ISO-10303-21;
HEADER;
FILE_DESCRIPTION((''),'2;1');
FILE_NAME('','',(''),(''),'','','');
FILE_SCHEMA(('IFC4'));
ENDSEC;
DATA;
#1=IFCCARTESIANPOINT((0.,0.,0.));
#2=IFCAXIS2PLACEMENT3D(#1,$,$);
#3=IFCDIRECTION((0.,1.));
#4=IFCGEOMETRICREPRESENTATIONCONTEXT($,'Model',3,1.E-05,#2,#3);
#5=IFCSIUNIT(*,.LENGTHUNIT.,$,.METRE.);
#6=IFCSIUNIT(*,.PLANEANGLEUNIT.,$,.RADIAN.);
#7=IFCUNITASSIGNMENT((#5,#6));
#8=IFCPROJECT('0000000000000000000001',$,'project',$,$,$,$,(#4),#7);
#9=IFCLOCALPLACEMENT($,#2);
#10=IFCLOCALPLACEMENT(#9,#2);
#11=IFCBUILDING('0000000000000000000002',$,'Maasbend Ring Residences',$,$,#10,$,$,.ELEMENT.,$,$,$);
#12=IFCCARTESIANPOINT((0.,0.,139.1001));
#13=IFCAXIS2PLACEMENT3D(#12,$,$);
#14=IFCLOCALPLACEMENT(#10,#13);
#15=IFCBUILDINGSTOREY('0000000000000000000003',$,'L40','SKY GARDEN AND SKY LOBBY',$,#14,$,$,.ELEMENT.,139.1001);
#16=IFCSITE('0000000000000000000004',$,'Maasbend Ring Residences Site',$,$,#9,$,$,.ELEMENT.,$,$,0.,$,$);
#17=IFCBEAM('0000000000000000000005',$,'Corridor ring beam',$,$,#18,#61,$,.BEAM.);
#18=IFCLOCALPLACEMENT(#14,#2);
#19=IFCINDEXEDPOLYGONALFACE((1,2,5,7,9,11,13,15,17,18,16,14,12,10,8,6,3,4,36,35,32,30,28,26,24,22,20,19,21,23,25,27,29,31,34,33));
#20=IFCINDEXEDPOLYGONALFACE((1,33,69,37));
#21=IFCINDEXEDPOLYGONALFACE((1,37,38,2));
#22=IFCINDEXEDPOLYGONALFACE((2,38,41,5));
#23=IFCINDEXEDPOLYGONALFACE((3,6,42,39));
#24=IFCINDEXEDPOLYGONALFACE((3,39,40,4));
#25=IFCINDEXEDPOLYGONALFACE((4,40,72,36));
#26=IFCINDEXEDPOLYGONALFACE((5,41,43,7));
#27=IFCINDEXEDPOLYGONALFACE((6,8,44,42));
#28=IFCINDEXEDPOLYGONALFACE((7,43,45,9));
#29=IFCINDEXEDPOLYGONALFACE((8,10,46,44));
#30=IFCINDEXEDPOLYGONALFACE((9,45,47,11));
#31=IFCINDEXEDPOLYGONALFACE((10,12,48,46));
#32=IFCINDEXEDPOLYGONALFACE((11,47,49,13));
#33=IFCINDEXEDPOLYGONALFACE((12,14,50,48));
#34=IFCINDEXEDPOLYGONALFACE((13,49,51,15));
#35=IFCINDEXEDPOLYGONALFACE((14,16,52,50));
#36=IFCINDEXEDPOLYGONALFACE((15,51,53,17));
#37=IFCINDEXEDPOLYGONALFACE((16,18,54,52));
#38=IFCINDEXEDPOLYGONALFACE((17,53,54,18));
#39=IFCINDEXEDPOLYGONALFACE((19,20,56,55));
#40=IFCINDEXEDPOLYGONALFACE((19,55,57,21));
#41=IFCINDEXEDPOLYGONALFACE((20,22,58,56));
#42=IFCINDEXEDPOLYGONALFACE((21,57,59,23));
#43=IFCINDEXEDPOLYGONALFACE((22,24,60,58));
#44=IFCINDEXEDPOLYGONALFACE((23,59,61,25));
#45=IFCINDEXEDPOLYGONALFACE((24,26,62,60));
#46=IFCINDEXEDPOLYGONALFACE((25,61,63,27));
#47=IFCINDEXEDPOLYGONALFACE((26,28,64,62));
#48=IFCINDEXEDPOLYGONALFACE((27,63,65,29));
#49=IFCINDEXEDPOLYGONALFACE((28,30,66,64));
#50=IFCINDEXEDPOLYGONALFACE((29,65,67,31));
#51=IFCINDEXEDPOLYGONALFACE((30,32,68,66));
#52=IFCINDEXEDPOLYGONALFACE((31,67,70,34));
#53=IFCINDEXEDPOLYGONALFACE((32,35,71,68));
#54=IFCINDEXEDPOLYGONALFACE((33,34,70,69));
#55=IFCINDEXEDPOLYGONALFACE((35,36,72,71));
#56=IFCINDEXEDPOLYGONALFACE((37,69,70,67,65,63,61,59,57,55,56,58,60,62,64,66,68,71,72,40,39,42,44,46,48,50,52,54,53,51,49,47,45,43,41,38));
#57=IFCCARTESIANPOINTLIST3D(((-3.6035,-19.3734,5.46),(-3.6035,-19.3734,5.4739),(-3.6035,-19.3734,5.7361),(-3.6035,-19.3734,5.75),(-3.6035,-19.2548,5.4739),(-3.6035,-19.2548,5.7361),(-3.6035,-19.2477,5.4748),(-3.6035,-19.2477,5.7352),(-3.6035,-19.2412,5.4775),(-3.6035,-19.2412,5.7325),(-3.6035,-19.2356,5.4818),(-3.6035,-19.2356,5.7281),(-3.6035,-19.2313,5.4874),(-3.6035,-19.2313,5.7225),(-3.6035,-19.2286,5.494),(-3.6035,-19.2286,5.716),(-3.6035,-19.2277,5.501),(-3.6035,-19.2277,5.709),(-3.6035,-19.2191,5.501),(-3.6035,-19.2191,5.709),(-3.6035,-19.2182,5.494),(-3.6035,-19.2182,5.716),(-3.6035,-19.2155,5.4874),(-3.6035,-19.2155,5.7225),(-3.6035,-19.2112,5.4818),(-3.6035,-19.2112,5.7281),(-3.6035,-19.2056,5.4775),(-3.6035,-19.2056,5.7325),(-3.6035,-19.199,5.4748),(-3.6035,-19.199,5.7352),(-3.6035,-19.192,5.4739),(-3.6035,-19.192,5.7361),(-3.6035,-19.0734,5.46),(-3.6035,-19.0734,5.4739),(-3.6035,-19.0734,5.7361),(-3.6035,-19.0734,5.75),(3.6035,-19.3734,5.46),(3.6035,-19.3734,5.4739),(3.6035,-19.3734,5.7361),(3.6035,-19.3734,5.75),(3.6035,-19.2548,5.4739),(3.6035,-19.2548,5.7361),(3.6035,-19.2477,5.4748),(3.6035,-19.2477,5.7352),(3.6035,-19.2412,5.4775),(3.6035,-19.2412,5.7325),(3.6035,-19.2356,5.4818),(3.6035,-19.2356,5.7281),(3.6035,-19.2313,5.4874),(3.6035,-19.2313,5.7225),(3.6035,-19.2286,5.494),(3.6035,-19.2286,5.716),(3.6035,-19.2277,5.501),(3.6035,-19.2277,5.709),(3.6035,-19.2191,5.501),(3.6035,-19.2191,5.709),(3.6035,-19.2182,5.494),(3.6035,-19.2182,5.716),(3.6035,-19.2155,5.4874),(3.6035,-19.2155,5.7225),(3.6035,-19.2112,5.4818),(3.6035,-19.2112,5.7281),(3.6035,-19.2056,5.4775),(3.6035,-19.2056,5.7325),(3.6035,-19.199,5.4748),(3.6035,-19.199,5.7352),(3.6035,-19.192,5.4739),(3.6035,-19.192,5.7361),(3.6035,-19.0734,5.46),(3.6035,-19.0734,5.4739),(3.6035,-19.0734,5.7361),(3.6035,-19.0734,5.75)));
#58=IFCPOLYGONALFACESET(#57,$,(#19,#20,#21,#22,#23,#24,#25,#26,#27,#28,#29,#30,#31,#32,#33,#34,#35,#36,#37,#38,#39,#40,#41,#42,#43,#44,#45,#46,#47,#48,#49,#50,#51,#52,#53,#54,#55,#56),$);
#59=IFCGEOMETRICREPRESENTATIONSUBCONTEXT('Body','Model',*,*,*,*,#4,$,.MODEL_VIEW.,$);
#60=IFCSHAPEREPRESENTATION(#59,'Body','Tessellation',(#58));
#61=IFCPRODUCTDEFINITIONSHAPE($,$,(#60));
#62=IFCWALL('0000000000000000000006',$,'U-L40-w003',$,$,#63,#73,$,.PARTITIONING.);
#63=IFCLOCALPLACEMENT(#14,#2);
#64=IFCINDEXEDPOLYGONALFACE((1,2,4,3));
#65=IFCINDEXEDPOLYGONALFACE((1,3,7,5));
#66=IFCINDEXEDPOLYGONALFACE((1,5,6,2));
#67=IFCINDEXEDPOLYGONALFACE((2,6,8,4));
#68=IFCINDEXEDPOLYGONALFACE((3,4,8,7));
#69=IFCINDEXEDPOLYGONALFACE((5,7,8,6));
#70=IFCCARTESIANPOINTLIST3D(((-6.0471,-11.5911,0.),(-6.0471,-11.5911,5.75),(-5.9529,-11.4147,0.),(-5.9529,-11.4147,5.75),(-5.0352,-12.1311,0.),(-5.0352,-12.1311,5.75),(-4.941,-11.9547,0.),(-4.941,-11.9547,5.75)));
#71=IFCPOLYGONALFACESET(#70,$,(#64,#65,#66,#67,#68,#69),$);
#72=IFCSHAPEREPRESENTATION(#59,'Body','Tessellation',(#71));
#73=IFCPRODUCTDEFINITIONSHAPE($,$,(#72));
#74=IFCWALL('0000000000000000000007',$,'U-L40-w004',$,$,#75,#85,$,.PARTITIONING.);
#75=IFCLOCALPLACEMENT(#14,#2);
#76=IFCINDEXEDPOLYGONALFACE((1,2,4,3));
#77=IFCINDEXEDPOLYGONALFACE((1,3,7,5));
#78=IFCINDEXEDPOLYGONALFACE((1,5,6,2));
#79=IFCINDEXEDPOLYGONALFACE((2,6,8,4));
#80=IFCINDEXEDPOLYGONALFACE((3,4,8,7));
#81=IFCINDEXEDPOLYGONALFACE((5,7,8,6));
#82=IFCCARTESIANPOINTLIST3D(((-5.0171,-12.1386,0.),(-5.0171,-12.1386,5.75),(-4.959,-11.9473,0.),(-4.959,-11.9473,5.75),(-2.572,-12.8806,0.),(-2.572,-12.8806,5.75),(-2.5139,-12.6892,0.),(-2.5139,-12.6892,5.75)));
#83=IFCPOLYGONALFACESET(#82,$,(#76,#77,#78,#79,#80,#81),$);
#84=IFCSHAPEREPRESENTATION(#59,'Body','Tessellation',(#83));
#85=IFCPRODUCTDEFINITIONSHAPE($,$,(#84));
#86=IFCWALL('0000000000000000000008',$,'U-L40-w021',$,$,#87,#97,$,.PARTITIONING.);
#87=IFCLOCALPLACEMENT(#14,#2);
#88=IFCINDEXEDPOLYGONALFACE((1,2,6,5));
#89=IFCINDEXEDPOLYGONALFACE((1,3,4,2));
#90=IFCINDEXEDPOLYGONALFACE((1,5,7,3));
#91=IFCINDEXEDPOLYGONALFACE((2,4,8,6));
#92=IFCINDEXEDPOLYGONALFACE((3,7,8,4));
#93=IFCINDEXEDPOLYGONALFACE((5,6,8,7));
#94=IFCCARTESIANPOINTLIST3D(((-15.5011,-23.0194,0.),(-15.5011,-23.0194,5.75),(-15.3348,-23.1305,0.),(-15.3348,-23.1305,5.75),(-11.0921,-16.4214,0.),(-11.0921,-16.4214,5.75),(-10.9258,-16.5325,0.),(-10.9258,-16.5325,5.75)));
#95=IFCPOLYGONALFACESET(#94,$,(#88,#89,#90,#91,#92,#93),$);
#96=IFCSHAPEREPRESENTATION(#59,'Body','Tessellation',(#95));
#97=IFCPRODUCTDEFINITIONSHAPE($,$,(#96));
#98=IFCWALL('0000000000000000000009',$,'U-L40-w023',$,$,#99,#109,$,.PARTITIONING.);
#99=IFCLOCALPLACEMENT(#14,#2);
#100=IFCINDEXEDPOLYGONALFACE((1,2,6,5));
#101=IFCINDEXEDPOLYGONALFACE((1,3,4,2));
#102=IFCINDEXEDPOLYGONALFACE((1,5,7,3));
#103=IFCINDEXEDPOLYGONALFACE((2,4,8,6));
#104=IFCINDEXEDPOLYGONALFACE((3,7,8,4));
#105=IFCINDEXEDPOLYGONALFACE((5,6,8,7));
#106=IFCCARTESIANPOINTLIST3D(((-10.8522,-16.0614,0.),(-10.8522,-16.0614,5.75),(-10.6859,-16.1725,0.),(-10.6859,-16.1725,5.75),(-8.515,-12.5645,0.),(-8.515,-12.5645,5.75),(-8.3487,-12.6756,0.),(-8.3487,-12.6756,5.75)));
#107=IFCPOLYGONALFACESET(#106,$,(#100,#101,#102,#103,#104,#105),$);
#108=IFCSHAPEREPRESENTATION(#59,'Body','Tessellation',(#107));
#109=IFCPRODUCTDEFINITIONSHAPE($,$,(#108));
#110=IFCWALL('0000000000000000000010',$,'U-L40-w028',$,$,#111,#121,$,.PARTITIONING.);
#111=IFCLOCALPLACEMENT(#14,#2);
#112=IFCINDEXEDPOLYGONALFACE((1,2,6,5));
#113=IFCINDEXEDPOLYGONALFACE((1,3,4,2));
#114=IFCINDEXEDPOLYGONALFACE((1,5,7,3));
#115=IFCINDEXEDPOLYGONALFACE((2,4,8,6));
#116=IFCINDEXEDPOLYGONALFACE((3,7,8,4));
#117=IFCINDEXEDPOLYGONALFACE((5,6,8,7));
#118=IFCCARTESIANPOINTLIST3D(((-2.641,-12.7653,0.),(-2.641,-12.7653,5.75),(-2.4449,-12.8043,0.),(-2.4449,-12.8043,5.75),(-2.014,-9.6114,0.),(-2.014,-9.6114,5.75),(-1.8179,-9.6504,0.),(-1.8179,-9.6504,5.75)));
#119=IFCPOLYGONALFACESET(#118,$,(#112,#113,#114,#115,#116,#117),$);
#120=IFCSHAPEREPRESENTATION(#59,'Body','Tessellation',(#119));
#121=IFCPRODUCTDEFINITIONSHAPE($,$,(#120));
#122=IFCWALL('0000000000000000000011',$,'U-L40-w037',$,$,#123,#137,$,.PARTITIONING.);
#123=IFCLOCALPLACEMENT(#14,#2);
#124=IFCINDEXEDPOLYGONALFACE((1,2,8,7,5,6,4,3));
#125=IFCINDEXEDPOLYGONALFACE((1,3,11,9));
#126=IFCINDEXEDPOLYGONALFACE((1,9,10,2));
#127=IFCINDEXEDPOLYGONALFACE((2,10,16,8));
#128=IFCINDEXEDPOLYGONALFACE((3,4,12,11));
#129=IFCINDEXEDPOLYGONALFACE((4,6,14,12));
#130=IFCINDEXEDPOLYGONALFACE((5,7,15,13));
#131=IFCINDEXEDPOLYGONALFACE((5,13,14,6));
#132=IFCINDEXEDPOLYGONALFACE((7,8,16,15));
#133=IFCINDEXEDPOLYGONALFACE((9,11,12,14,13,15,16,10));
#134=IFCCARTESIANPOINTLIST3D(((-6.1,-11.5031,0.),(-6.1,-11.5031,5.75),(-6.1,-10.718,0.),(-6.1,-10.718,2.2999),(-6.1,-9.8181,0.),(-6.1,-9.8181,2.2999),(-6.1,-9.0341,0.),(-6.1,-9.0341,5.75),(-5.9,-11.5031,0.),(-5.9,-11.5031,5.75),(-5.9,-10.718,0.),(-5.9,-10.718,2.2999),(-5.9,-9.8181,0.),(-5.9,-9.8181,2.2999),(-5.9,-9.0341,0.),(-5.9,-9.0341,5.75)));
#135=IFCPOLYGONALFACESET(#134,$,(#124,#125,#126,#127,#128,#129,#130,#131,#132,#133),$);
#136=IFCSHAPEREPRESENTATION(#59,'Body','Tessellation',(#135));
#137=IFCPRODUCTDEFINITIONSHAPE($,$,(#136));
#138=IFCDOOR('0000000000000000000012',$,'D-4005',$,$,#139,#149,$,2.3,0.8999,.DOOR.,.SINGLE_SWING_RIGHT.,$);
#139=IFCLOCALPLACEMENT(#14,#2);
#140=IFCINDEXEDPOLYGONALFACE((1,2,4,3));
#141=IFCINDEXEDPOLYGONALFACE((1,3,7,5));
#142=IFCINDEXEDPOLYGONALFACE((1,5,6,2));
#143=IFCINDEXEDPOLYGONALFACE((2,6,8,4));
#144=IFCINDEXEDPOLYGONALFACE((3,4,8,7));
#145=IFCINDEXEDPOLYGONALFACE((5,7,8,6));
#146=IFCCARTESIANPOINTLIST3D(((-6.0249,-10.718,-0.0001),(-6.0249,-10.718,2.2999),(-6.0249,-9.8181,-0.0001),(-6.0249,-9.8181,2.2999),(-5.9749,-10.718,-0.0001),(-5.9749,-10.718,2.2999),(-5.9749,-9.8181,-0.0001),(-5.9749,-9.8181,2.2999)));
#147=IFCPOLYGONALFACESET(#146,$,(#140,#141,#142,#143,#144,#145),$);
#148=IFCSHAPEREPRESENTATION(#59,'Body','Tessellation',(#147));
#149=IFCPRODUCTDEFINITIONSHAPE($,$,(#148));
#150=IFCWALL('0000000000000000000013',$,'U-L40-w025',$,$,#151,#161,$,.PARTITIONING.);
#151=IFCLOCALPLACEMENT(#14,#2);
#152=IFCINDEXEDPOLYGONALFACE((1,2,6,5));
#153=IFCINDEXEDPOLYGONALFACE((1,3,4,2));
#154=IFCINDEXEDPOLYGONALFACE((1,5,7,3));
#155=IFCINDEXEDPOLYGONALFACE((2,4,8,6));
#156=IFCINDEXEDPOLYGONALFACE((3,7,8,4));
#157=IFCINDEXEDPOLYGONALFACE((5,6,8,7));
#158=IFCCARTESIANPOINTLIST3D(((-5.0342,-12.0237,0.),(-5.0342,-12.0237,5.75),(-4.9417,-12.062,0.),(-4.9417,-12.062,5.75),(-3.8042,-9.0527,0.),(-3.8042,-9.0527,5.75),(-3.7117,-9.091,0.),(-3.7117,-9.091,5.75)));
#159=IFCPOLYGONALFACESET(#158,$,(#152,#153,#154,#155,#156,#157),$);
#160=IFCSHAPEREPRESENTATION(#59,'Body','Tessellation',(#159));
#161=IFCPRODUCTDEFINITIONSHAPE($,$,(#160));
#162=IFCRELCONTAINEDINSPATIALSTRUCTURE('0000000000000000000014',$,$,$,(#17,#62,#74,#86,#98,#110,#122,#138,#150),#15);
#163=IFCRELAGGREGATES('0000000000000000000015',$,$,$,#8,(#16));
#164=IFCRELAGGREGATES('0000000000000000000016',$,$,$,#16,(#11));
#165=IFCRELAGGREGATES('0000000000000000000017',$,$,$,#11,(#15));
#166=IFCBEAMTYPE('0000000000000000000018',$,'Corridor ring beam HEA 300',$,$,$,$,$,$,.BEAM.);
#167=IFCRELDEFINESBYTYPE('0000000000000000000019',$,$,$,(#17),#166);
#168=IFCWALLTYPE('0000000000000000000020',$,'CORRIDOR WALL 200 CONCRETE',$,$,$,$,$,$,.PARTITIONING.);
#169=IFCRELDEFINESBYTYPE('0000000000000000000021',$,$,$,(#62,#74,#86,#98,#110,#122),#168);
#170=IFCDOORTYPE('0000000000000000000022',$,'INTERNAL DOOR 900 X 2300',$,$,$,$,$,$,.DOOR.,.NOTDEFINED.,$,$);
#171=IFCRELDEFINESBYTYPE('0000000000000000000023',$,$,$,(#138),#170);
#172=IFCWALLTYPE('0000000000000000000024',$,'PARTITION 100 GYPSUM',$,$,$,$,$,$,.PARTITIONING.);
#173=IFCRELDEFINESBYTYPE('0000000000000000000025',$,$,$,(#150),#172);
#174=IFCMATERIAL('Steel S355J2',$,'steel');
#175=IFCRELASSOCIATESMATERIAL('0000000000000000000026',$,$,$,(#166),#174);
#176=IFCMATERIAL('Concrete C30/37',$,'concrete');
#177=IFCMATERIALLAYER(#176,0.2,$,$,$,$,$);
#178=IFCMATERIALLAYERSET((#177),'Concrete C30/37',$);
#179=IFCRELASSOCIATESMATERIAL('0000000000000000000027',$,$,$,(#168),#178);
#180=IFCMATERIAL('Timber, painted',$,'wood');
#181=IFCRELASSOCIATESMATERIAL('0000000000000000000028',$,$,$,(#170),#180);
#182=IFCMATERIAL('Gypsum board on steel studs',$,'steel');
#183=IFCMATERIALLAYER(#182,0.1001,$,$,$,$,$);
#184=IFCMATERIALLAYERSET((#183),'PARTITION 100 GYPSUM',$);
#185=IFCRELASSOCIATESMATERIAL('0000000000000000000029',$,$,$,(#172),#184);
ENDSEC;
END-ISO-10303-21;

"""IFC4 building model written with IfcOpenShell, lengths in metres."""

from ifc_helpers import new_model, si_unit, direction, frame, frame_2d, origin, origin_2d, place, context, subcontext, project, spatial, rectangle, i_section, extrude, material, layer, layer_set, material_profile, profile_set, type_object, element, fill, save


model = new_model("IFC4")

# Units and contexts
model_context = context("Model", 3, precision=1e-05, world=origin(), true_north=direction((0.0, 1.0)))
body_context = subcontext(model_context, "Body", "Model", "MODEL_VIEW")
ifc_project = project(units=[si_unit("LENGTHUNIT", "METRE"), si_unit("PLANEANGLEUNIT", "RADIAN")], contexts=[model_context])

# Site, building, storey
site_placement = place(None, origin())
site = spatial("IfcSite", under=ifc_project, at=site_placement, Name="Maasbend Ring Residences Site", CompositionType="ELEMENT", RefElevation=0.0)
building_placement = place(site_placement, origin())
building = spatial("IfcBuilding", under=site, at=building_placement, Name="Maasbend Ring Residences", CompositionType="ELEMENT")
storey_placement = place(building_placement, frame((0.0, 0.0, 139.1001)))
storey = spatial("IfcBuildingStorey", under=building, at=storey_placement, Name="L40", Description="SKY GARDEN AND SKY LOBBY", CompositionType="ELEMENT", Elevation=139.1001)

# Beam
ifc_material_1 = material(Name="Steel S355J2", Category="steel")
ifc_material_profile_1 = material_profile(ifc_material_1, i_section(OverallWidth=0.3, OverallDepth=0.29, WebThickness=0.0085, FlangeThickness=0.0139, FilletRadius=0.0271, at=origin_2d()), Name="HEA 300")
ifc_profile_set_1 = profile_set([ifc_material_profile_1], Name="Steel S355J2")
beam_type_1 = type_object("IfcBeamType", Name="Corridor ring beam HEA 300", PredefinedType="BEAM", material=ifc_profile_set_1)
for number, where, z_axis, x_axis, name in (
    (1, (-3.6035, -19.2234, 5.605), (1.0, 0.0, 0.0), (0.0, 1.0, 0.0), "Corridor ring beam"),
):
    element("IfcBeam", number, at=place(storey_placement, frame(where, z_axis=z_axis, x_axis=x_axis)), inside=storey, type_object=beam_type_1, Name=name, PredefinedType="BEAM", context=body_context, shape_type="SweptSolid", body=[
        extrude(i_section(OverallWidth=0.3, OverallDepth=0.29, WebThickness=0.0085, FlangeThickness=0.0139, FilletRadius=0.0271, at=origin_2d()), origin(), (0.0, 0.0, 1.0), 7.207),
    ])

# Walls
ifc_material_2 = material(Name="Concrete C30/37", Category="concrete")
ifc_layer_1 = layer(ifc_material_2, 0.2)
ifc_layer_set_1 = layer_set([ifc_layer_1], Name="Concrete C30/37")
wall_type_1 = type_object("IfcWallType", Name="CORRIDOR WALL 200 CONCRETE", PredefinedType="PARTITIONING", material=ifc_layer_set_1)
wall_1_placement = place(storey_placement, frame((-6.0, -11.5029, 0.0), z_axis=(0.0, 0.0, 1.0), x_axis=(0.882235, -0.470809, 0.0)))
element("IfcWall", 2, at=wall_1_placement, inside=storey, type_object=wall_type_1, Name="U-L40-w003", PredefinedType="PARTITIONING", context=body_context, shape_type="SweptSolid", body=[
    extrude(rectangle(XDim=1.147, YDim=0.2, at=frame_2d((0.5735, 0.0))), origin(), (0.0, 0.0, 1.0), 5.75),
])
wall_2_placement = place(storey_placement, frame((-4.988, -12.043, 0.0), z_axis=(0.0, 0.0, 1.0), x_axis=(0.956914, -0.290371, 0.0)))
element("IfcWall", 3, at=wall_2_placement, inside=storey, type_object=wall_type_1, Name="U-L40-w004", PredefinedType="PARTITIONING", context=body_context, shape_type="SweptSolid", body=[
    extrude(rectangle(XDim=2.5552, YDim=0.2, at=frame_2d((1.2776, 0.0))), origin(), (0.0, 0.0, 1.0), 5.75),
])
wall_3_placement = place(storey_placement, frame((-15.418, -23.075, 0.0), z_axis=(0.0, 0.0, 1.0), x_axis=(0.555602, 0.831449, 0.0)))
element("IfcWall", 4, at=wall_3_placement, inside=storey, type_object=wall_type_1, Name="U-L40-w021", PredefinedType="PARTITIONING", context=body_context, shape_type="SweptSolid", body=[
    extrude(rectangle(XDim=7.9355, YDim=0.2, at=frame_2d((3.9678, 0.0))), origin(), (0.0, 0.0, 1.0), 5.75),
])
wall_4_placement = place(storey_placement, frame((-10.769, -16.1169, 0.0), z_axis=(0.0, 0.0, 1.0), x_axis=(0.555678, 0.831398, 0.0)))
element("IfcWall", 5, at=wall_4_placement, inside=storey, type_object=wall_type_1, Name="U-L40-w023", PredefinedType="PARTITIONING", context=body_context, shape_type="SweptSolid", body=[
    extrude(rectangle(XDim=4.2061, YDim=0.2, at=frame_2d((2.103, 0.0))), origin(), (0.0, 0.0, 1.0), 5.75),
])
wall_5_placement = place(storey_placement, frame((-2.543, -12.7849, 0.0), z_axis=(0.0, 0.0, 1.0), x_axis=(0.194977, 0.980808, 0.0)))
element("IfcWall", 6, at=wall_5_placement, inside=storey, type_object=wall_type_1, Name="U-L40-w028", PredefinedType="PARTITIONING", context=body_context, shape_type="SweptSolid", body=[
    extrude(rectangle(XDim=3.2156, YDim=0.2, at=frame_2d((1.6079, 0.0))), origin(), (0.0, 0.0, 1.0), 5.75),
])

# Wall, opening, door
wall_6_placement = place(storey_placement, frame((-6.0, -11.5029, 0.0), z_axis=(0.0, 0.0, 1.0), x_axis=(0.0, 1.0, 0.0)))
wall_6 = element("IfcWall", 7, at=wall_6_placement, inside=storey, type_object=wall_type_1, Name="U-L40-w037", PredefinedType="PARTITIONING", context=body_context, shape_type="SweptSolid", body=[
    extrude(rectangle(XDim=2.469, YDim=0.2, at=frame_2d((1.2344, 0.0))), origin(), (0.0, 0.0, 1.0), 5.75),
])
opening_1_placement = place(wall_6_placement, frame((0.7849, 0.0, 0.0)))
opening_1 = element("IfcOpeningElement", 8, at=opening_1_placement, cuts=wall_6, PredefinedType="OPENING", context=body_context, shape_type="SweptSolid", body=[
    extrude(rectangle(XDim=0.8999, YDim=2.3, at=frame_2d((0.45, 1.1499))), frame((0.0, 0.1099, 0.0), z_axis=(0.0, -1.0, 0.0), x_axis=(1.0, 0.0, 0.0)), (0.0, 0.0, 1.0), 0.22),
])
ifc_material_3 = material(Name="Timber, painted", Category="wood")
door_type_1 = type_object("IfcDoorType", Name="INTERNAL DOOR 900 X 2300", OperationType="NOTDEFINED", PredefinedType="DOOR", material=ifc_material_3)
door_1_placement = place(opening_1_placement, origin())
door_1 = element("IfcDoor", 9, at=door_1_placement, inside=storey, type_object=door_type_1, Name="D-4005", OperationType="SINGLE_SWING_RIGHT", OverallHeight=2.3, OverallWidth=0.8999, PredefinedType="DOOR", context=body_context, shape_type="SweptSolid", body=[
    extrude(rectangle(XDim=0.8999, YDim=2.3, at=frame_2d((0.45, 1.1499))), frame((0.0, 0.0249, 0.0), z_axis=(0.0, -1.0, 0.0), x_axis=(1.0, 0.0, 0.0)), (0.0, 0.0, 1.0), 0.05),
])
fill(opening_1, door_1)

# Wall
ifc_material_4 = material(Name="Gypsum board on steel studs", Category="steel")
ifc_layer_2 = layer(ifc_material_4, 0.1001)
ifc_layer_set_2 = layer_set([ifc_layer_2], Name="PARTITION 100 GYPSUM")
wall_type_2 = type_object("IfcWallType", Name="PARTITION 100 GYPSUM", PredefinedType="PARTITIONING", material=ifc_layer_set_2)
wall_7_placement = place(storey_placement, frame((-4.988, -12.043, 0.0), z_axis=(0.0, 0.0, 1.0), x_axis=(0.382517, 0.923948, 0.0)))
element("IfcWall", 10, at=wall_7_placement, inside=storey, type_object=wall_type_2, Name="U-L40-w025", PredefinedType="PARTITIONING", context=body_context, shape_type="SweptSolid", body=[
    extrude(rectangle(XDim=3.2156, YDim=0.1001, at=frame_2d((1.6079, 0.0))), origin(), (0.0, 0.0, 1.0), 5.75),
])

save(model, "model.ifc")
